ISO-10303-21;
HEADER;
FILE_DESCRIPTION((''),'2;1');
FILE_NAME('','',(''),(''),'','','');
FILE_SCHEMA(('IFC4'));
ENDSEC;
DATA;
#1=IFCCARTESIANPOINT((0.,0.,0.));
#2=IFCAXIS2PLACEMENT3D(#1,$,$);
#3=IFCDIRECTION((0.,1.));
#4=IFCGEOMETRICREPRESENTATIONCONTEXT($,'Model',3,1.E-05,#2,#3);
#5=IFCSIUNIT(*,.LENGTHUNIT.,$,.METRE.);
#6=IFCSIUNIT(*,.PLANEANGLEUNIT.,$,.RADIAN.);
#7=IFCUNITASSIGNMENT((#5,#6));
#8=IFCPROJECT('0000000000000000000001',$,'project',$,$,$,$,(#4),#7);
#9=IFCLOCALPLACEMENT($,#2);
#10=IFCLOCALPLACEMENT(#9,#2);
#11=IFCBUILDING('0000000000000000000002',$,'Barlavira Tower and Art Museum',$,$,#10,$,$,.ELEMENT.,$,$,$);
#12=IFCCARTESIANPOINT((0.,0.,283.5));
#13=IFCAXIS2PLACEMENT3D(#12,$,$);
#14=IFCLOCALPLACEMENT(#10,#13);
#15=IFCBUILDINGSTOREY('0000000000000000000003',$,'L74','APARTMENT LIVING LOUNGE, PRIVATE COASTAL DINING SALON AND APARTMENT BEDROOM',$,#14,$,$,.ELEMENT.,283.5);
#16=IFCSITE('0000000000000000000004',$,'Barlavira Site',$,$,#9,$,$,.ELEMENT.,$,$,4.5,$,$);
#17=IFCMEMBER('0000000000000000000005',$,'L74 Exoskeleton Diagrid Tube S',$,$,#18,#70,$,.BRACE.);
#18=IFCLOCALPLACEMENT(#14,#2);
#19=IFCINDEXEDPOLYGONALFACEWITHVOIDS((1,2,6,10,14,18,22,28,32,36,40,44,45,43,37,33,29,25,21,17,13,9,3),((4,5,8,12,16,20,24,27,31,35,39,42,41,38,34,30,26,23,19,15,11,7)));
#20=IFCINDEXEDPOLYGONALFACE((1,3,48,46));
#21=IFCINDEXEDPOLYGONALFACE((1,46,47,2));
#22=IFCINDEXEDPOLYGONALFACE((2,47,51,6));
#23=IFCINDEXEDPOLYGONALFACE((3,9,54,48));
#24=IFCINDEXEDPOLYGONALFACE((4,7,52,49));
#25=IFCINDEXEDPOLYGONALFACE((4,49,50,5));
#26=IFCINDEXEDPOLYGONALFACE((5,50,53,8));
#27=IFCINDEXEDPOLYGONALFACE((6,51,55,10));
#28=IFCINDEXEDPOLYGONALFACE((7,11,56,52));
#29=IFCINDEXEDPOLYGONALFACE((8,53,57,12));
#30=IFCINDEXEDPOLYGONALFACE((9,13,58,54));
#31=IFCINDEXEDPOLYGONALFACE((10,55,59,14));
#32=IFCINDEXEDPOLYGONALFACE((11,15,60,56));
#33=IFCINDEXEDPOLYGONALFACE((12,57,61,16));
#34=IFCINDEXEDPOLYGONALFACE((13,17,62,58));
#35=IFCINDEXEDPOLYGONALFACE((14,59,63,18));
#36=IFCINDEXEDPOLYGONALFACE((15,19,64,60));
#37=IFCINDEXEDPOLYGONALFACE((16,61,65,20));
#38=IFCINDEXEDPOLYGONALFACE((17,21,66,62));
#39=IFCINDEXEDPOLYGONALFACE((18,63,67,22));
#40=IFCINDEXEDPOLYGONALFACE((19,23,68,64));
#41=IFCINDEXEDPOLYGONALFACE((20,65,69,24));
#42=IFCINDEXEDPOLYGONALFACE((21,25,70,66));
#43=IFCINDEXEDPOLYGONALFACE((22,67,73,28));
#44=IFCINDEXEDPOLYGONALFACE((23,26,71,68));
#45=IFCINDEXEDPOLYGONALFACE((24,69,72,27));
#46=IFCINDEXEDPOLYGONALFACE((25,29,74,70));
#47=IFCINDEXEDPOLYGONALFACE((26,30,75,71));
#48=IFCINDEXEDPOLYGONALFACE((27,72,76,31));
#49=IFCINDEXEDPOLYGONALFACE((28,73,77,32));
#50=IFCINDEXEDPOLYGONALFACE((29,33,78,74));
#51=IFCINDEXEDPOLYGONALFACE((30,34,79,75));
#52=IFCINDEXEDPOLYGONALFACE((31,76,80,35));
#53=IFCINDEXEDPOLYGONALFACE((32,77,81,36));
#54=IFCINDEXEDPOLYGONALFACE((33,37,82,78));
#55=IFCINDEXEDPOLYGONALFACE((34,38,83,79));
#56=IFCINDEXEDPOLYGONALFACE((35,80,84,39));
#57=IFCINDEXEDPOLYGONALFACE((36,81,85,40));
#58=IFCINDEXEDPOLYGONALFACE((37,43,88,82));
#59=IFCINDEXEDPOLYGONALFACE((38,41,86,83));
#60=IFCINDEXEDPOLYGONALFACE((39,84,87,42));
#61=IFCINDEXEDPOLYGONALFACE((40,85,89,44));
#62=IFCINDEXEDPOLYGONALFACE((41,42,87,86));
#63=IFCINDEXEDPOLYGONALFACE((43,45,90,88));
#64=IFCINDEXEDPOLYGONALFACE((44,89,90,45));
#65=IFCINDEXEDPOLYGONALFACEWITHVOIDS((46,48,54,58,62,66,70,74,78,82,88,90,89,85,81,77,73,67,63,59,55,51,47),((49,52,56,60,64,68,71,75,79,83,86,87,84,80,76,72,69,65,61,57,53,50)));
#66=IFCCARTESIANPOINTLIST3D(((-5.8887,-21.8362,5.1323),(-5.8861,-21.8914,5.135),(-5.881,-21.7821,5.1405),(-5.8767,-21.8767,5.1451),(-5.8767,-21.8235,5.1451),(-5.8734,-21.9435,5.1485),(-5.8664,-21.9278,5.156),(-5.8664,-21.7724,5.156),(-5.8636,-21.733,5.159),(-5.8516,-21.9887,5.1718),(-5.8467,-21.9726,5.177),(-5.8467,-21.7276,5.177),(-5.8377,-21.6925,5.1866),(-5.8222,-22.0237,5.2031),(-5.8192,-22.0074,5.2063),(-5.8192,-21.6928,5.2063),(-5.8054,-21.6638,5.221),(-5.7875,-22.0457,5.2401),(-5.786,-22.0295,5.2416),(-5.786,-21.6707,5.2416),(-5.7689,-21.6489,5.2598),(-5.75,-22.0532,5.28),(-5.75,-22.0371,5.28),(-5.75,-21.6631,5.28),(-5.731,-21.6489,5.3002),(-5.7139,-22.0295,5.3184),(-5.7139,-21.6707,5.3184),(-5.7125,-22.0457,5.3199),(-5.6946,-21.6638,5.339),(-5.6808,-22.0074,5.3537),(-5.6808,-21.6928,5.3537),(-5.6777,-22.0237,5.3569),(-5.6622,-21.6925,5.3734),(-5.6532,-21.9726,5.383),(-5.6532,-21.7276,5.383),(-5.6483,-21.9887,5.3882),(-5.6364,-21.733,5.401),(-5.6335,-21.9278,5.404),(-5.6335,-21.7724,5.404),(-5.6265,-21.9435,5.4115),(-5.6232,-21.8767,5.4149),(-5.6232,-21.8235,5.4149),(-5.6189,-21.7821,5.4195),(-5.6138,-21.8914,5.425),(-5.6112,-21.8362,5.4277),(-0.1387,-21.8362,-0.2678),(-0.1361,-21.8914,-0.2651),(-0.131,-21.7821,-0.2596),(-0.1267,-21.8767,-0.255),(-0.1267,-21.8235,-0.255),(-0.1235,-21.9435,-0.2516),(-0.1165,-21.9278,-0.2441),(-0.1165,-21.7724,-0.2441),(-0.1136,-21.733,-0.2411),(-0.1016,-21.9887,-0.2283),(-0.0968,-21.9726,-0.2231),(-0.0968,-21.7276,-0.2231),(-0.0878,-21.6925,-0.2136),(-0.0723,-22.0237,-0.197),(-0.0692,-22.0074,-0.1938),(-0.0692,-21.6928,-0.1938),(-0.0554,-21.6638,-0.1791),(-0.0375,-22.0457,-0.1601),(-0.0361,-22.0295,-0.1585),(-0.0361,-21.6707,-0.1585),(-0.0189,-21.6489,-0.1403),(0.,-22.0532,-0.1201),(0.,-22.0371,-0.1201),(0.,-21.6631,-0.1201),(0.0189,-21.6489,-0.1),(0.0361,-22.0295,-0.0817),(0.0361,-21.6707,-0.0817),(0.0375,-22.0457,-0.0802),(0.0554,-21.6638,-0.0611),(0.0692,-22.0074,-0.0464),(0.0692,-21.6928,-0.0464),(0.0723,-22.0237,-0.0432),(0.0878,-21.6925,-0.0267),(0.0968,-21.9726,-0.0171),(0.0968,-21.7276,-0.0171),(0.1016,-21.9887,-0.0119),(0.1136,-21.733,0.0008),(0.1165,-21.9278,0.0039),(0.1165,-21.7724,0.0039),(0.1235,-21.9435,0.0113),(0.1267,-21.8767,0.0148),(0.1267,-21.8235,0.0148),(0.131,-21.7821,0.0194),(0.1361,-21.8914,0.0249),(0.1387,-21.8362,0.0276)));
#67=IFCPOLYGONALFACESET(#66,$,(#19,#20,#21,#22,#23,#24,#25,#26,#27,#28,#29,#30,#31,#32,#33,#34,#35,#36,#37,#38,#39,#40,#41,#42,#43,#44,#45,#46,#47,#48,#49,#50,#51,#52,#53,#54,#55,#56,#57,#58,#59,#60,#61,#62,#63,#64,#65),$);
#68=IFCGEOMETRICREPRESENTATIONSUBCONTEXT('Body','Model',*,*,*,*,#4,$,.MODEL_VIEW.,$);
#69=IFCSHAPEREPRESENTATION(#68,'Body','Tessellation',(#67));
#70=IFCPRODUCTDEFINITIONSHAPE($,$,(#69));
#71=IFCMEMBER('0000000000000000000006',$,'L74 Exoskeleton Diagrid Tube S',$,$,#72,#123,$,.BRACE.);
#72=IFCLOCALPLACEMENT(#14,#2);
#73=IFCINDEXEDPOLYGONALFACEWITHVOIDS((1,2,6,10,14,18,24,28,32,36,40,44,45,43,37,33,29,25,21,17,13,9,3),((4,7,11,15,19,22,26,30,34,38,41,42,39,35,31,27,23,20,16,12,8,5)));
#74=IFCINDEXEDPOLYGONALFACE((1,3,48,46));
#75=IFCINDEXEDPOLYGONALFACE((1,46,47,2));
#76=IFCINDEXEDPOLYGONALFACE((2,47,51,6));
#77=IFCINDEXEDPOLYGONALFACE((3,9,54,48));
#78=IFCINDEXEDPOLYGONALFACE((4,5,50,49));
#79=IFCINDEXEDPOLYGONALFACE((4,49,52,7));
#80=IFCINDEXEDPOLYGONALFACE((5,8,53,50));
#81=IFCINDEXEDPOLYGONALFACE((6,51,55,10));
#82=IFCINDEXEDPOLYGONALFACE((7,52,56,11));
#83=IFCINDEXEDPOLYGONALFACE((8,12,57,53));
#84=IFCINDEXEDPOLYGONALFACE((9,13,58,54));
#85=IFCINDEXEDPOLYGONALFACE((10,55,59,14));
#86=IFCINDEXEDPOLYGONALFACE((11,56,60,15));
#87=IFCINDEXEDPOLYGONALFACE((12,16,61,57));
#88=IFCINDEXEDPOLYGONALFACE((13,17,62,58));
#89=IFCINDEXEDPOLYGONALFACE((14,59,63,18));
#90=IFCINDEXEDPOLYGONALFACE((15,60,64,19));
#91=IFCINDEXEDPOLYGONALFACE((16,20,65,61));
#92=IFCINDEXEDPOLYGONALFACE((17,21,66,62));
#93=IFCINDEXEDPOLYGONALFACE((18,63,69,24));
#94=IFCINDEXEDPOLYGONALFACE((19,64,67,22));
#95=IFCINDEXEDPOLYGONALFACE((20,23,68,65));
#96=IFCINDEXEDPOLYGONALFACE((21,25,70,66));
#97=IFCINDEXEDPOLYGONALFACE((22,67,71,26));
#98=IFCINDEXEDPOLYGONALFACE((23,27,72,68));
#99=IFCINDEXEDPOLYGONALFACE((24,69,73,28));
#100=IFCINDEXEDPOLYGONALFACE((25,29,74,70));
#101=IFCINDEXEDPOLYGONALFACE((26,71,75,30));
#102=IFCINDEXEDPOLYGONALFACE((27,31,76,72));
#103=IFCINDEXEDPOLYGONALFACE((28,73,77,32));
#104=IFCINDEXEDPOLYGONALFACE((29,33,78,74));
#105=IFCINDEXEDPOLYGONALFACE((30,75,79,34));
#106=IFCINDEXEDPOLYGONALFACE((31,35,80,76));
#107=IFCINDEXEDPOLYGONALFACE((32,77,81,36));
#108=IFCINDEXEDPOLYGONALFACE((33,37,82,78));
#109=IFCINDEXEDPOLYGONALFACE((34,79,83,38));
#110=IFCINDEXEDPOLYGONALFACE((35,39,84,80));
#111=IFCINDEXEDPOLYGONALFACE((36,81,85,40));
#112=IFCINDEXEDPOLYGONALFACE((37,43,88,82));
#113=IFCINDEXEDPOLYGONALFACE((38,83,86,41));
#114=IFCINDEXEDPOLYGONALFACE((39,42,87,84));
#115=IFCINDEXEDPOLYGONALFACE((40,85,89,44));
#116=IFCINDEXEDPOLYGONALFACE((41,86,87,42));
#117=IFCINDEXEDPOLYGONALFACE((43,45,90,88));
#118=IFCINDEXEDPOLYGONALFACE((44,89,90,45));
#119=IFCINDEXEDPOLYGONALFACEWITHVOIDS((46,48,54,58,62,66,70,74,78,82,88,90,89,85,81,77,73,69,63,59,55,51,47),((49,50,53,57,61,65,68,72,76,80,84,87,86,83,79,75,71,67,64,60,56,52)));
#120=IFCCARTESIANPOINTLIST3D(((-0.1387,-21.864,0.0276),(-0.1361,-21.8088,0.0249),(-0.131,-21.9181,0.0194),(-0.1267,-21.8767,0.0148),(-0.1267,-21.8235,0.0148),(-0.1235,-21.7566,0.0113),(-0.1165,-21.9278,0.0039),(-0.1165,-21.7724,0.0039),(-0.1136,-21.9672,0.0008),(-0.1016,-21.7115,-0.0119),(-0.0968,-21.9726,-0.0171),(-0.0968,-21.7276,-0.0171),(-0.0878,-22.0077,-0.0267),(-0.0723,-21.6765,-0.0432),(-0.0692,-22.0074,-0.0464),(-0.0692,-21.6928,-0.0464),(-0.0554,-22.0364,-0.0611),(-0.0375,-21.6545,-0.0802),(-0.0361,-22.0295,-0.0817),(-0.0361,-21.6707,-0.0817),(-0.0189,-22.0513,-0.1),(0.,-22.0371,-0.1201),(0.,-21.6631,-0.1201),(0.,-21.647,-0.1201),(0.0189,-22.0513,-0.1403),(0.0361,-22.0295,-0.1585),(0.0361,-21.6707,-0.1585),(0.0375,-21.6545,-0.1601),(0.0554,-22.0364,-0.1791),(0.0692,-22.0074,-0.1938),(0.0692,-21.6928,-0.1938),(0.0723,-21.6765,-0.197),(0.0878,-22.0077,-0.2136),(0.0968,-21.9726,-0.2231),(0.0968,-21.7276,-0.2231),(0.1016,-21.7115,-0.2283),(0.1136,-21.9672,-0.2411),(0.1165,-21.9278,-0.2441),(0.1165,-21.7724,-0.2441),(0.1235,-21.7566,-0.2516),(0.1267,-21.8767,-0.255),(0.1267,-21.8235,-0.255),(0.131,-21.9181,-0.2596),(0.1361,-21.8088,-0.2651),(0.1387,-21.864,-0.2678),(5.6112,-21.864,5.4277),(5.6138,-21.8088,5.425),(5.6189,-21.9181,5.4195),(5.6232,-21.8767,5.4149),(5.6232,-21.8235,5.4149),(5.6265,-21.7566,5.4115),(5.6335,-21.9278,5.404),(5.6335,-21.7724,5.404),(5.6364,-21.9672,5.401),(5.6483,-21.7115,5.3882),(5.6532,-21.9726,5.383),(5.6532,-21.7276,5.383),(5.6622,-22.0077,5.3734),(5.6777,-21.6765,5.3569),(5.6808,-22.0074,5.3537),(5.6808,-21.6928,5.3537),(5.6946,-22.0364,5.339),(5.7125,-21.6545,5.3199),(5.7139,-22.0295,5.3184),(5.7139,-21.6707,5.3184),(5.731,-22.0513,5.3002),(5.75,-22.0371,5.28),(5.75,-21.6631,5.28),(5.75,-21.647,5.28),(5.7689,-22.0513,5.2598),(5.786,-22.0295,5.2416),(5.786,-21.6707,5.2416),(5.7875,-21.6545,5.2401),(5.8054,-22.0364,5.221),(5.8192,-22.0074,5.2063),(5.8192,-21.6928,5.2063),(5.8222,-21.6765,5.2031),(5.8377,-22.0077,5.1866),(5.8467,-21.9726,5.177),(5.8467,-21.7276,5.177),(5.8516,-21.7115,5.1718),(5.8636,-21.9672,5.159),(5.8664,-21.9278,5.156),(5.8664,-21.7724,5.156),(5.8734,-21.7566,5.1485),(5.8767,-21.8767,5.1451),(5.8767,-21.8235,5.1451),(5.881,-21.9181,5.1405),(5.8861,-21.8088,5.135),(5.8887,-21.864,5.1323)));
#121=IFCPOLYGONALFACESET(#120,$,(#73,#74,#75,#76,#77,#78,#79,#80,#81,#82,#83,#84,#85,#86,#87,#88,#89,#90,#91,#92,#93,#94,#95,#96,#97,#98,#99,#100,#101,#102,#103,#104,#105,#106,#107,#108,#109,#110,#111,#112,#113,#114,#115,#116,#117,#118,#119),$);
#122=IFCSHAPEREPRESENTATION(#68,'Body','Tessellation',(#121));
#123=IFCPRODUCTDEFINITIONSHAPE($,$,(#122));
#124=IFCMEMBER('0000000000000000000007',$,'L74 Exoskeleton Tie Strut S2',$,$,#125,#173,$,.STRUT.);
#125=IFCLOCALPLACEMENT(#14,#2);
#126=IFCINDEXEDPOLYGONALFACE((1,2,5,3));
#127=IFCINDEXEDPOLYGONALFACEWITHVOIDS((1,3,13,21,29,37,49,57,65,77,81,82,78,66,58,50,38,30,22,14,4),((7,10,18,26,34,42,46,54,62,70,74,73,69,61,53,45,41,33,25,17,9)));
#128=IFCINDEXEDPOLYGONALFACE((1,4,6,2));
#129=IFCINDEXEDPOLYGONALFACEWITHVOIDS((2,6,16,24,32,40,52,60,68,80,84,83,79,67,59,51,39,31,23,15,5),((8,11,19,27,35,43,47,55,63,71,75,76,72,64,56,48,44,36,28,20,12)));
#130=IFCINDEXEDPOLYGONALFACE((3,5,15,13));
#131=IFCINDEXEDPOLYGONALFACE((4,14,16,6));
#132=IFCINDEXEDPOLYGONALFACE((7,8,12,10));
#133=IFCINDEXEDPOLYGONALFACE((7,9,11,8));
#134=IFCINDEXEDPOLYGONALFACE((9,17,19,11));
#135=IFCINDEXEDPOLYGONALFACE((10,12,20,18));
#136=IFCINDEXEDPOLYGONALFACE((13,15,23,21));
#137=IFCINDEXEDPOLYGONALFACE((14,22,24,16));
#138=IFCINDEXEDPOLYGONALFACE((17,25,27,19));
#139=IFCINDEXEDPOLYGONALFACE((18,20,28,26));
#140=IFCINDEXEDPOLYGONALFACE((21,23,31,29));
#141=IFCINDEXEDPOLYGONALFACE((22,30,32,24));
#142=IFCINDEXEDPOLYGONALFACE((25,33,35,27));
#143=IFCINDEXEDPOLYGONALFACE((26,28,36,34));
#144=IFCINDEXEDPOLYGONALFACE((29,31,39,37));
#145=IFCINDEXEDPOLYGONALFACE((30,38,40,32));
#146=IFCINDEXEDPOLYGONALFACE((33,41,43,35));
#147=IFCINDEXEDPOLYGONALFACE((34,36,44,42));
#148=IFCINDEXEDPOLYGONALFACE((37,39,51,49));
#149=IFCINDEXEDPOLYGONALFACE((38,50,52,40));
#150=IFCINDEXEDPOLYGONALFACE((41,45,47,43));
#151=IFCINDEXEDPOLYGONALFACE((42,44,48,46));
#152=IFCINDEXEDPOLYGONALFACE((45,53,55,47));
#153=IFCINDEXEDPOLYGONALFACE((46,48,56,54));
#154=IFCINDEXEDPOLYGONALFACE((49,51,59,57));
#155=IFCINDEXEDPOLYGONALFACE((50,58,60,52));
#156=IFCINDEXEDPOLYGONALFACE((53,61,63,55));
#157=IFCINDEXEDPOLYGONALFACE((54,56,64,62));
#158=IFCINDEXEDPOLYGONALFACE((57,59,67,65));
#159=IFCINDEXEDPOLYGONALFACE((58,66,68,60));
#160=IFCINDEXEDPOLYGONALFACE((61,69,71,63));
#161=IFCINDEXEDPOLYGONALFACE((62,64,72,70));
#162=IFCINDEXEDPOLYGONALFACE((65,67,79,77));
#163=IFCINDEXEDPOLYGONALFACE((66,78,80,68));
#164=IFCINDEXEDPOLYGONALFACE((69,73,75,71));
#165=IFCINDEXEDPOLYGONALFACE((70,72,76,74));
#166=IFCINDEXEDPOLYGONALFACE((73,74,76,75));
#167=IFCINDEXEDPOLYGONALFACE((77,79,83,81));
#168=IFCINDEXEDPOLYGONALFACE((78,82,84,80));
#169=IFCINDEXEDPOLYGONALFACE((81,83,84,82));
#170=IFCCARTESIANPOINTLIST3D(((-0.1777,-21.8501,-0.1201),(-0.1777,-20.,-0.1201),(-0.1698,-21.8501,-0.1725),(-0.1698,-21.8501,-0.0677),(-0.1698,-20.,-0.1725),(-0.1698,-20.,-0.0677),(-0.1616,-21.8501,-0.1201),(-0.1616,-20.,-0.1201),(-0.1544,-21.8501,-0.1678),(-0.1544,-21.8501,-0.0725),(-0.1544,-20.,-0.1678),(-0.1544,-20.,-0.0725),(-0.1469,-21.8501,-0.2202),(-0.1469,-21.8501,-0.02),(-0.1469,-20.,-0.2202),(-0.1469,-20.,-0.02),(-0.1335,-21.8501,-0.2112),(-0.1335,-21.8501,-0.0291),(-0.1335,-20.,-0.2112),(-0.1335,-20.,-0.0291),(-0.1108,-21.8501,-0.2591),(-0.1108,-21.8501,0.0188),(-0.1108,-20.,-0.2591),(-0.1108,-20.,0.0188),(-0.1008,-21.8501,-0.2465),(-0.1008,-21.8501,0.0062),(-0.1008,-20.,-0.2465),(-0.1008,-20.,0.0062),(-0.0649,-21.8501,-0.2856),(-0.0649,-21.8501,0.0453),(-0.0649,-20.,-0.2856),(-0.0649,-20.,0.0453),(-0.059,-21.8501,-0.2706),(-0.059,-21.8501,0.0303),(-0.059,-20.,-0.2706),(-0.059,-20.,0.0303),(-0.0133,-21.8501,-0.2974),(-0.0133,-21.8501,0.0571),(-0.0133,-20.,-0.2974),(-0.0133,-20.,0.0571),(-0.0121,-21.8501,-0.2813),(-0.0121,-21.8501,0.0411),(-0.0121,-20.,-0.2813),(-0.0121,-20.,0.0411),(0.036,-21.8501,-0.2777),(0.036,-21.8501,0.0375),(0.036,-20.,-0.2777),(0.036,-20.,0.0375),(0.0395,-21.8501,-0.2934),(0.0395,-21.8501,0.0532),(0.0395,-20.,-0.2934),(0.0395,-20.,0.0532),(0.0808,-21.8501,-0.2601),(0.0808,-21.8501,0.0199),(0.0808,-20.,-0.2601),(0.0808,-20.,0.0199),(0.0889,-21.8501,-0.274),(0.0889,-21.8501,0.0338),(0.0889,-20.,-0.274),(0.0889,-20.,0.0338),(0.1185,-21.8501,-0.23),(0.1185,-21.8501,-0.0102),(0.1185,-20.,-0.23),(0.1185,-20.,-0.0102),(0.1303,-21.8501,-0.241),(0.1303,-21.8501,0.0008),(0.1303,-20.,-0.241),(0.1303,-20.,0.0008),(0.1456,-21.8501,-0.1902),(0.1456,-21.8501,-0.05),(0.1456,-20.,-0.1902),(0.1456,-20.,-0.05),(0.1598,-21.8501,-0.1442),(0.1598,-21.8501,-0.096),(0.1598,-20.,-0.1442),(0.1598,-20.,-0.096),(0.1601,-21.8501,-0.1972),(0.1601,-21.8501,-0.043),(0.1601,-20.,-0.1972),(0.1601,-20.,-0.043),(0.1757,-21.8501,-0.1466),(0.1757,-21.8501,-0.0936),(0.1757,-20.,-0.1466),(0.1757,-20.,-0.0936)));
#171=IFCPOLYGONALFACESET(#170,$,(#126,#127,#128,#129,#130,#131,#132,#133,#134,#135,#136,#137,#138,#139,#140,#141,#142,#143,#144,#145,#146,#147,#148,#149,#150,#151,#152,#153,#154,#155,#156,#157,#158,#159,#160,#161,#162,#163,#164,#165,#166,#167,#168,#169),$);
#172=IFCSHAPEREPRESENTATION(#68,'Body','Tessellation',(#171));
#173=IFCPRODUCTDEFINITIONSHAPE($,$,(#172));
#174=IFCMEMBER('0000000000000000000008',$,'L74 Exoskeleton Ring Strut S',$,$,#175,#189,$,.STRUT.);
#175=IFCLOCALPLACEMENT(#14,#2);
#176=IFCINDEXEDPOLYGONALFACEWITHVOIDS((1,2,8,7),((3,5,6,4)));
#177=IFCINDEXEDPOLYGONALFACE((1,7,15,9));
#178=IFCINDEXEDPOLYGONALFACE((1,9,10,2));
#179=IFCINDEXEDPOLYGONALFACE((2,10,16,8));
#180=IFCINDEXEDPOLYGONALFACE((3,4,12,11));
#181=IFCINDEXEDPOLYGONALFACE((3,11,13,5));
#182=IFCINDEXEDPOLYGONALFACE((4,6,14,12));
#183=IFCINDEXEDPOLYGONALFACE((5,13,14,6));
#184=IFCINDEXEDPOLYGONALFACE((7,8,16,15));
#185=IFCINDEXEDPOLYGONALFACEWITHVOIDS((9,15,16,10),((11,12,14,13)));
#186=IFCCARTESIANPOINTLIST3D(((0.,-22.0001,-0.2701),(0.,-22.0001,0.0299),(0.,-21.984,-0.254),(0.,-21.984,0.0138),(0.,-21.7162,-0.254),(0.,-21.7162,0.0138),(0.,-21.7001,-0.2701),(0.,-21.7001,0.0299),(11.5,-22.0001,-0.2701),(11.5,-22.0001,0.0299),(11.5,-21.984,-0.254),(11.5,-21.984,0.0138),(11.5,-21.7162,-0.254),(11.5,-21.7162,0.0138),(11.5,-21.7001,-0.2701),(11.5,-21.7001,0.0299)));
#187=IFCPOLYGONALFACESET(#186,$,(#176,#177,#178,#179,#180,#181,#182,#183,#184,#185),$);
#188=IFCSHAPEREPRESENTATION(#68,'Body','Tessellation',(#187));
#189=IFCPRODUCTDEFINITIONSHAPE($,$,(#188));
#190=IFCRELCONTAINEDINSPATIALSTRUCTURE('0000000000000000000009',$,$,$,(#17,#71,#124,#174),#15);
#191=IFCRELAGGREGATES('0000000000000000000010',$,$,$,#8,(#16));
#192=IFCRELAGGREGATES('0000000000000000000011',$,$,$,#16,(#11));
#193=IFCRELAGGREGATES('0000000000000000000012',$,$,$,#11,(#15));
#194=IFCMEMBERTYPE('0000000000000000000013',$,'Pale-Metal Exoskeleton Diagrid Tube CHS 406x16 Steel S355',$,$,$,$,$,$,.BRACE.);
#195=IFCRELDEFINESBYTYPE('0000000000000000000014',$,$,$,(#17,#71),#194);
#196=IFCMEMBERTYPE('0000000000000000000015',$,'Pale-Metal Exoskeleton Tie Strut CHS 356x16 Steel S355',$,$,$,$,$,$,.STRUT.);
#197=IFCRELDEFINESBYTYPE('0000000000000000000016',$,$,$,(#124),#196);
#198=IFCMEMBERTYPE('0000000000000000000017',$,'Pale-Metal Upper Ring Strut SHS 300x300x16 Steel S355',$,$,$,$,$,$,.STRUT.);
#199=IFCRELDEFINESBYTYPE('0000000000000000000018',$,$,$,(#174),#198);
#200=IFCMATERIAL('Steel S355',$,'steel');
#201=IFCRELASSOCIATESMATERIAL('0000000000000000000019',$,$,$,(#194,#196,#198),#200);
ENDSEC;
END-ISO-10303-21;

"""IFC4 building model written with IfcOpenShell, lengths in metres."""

from ifc_helpers import new_model, si_unit, direction, frame, origin, origin_2d, place, context, subcontext, project, spatial, hollow_rectangle, hollow_circle, extrude, material, material_profile, profile_set, type_object, element, save


model = new_model("IFC4")

# Units and contexts
model_context = context("Model", 3, precision=1e-05, world=origin(), true_north=direction((0.0, 1.0)))
body_context = subcontext(model_context, "Body", "Model", "MODEL_VIEW")
ifc_project = project(units=[si_unit("LENGTHUNIT", "METRE"), si_unit("PLANEANGLEUNIT", "RADIAN")], contexts=[model_context])

# Site, building, storey
site_placement = place(None, origin())
site = spatial("IfcSite", under=ifc_project, at=site_placement, Name="Barlavira Site", CompositionType="ELEMENT", RefElevation=4.5)
building_placement = place(site_placement, origin())
building = spatial("IfcBuilding", under=site, at=building_placement, Name="Barlavira Tower and Art Museum", CompositionType="ELEMENT")
storey_placement = place(building_placement, frame((0.0, 0.0, 283.5)))
storey = spatial("IfcBuildingStorey", under=building, at=storey_placement, Name="L74", Description="APARTMENT LIVING LOUNGE, PRIVATE COASTAL DINING SALON AND APARTMENT BEDROOM", CompositionType="ELEMENT", Elevation=283.5)

# Members
ifc_material_1 = material(Name="Steel S355", Category="steel")
ifc_material_profile_1 = material_profile(ifc_material_1, hollow_circle(Radius=0.2031, WallThickness=0.0161, at=origin_2d()), Name="CHS 406.4x16.0")
ifc_profile_set_1 = profile_set([ifc_material_profile_1], Name="Steel S355")
member_type_1 = type_object("IfcMemberType", Name="Pale-Metal Exoskeleton Diagrid Tube CHS 406x16 Steel S355", PredefinedType="BRACE", material=ifc_profile_set_1)
for number, where, z_axis, x_axis, name in (
    (1, (0.0, -21.8501, -0.1201), (-0.728935, 0.0, 0.684583), (0.0, -1.0, 0.0), "L74 Exoskeleton Diagrid Tube S"),
    (2, (0.0, -21.8501, -0.1201), (0.728935, 0.0, 0.684583), (0.0, 1.0, 0.0), "L74 Exoskeleton Diagrid Tube S"),
):
    element("IfcMember", number, at=place(storey_placement, frame(where, z_axis=z_axis, x_axis=x_axis)), inside=storey, type_object=member_type_1, Name=name, PredefinedType="BRACE", context=body_context, shape_type="SweptSolid", body=[
        extrude(hollow_circle(Radius=0.2031, WallThickness=0.0161, at=origin_2d()), origin(), (0.0, 0.0, 1.0), 7.8882),
    ])
ifc_material_profile_2 = material_profile(ifc_material_1, hollow_circle(Radius=0.1777, WallThickness=0.0161, at=origin_2d()), Name="CHS 355.6x16.0")
ifc_profile_set_2 = profile_set([ifc_material_profile_2], Name="Steel S355")
member_type_2 = type_object("IfcMemberType", Name="Pale-Metal Exoskeleton Tie Strut CHS 356x16 Steel S355", PredefinedType="STRUT", material=ifc_profile_set_2)
member_1_placement = place(storey_placement, frame((0.0, -21.8501, -0.1201), z_axis=(0.0, 1.0, 0.0), x_axis=(-1.0, 0.0, 0.0)))
element("IfcMember", 3, at=member_1_placement, inside=storey, type_object=member_type_2, Name="L74 Exoskeleton Tie Strut S2", PredefinedType="STRUT", context=body_context, shape_type="SweptSolid", body=[
    extrude(hollow_circle(Radius=0.1777, WallThickness=0.0161, at=origin_2d()), origin(), (0.0, 0.0, 1.0), 1.8501),
])
ifc_material_profile_3 = material_profile(ifc_material_1, hollow_rectangle(XDim=0.3, YDim=0.3, WallThickness=0.0161, at=origin_2d()), Name="SHS 300x300x16.0")
ifc_profile_set_3 = profile_set([ifc_material_profile_3], Name="Steel S355")
member_type_3 = type_object("IfcMemberType", Name="Pale-Metal Upper Ring Strut SHS 300x300x16 Steel S355", PredefinedType="STRUT", material=ifc_profile_set_3)
member_2_placement = place(storey_placement, frame((0.0, -21.8501, -0.1201), z_axis=(1.0, 0.0, 0.0), x_axis=(0.0, 1.0, 0.0)))
element("IfcMember", 4, at=member_2_placement, inside=storey, type_object=member_type_3, Name="L74 Exoskeleton Ring Strut S", PredefinedType="STRUT", context=body_context, shape_type="SweptSolid", body=[
    extrude(hollow_rectangle(XDim=0.3, YDim=0.3, WallThickness=0.0161, at=origin_2d()), origin(), (0.0, 0.0, 1.0), 11.5),
])

save(model, "model.ifc")
